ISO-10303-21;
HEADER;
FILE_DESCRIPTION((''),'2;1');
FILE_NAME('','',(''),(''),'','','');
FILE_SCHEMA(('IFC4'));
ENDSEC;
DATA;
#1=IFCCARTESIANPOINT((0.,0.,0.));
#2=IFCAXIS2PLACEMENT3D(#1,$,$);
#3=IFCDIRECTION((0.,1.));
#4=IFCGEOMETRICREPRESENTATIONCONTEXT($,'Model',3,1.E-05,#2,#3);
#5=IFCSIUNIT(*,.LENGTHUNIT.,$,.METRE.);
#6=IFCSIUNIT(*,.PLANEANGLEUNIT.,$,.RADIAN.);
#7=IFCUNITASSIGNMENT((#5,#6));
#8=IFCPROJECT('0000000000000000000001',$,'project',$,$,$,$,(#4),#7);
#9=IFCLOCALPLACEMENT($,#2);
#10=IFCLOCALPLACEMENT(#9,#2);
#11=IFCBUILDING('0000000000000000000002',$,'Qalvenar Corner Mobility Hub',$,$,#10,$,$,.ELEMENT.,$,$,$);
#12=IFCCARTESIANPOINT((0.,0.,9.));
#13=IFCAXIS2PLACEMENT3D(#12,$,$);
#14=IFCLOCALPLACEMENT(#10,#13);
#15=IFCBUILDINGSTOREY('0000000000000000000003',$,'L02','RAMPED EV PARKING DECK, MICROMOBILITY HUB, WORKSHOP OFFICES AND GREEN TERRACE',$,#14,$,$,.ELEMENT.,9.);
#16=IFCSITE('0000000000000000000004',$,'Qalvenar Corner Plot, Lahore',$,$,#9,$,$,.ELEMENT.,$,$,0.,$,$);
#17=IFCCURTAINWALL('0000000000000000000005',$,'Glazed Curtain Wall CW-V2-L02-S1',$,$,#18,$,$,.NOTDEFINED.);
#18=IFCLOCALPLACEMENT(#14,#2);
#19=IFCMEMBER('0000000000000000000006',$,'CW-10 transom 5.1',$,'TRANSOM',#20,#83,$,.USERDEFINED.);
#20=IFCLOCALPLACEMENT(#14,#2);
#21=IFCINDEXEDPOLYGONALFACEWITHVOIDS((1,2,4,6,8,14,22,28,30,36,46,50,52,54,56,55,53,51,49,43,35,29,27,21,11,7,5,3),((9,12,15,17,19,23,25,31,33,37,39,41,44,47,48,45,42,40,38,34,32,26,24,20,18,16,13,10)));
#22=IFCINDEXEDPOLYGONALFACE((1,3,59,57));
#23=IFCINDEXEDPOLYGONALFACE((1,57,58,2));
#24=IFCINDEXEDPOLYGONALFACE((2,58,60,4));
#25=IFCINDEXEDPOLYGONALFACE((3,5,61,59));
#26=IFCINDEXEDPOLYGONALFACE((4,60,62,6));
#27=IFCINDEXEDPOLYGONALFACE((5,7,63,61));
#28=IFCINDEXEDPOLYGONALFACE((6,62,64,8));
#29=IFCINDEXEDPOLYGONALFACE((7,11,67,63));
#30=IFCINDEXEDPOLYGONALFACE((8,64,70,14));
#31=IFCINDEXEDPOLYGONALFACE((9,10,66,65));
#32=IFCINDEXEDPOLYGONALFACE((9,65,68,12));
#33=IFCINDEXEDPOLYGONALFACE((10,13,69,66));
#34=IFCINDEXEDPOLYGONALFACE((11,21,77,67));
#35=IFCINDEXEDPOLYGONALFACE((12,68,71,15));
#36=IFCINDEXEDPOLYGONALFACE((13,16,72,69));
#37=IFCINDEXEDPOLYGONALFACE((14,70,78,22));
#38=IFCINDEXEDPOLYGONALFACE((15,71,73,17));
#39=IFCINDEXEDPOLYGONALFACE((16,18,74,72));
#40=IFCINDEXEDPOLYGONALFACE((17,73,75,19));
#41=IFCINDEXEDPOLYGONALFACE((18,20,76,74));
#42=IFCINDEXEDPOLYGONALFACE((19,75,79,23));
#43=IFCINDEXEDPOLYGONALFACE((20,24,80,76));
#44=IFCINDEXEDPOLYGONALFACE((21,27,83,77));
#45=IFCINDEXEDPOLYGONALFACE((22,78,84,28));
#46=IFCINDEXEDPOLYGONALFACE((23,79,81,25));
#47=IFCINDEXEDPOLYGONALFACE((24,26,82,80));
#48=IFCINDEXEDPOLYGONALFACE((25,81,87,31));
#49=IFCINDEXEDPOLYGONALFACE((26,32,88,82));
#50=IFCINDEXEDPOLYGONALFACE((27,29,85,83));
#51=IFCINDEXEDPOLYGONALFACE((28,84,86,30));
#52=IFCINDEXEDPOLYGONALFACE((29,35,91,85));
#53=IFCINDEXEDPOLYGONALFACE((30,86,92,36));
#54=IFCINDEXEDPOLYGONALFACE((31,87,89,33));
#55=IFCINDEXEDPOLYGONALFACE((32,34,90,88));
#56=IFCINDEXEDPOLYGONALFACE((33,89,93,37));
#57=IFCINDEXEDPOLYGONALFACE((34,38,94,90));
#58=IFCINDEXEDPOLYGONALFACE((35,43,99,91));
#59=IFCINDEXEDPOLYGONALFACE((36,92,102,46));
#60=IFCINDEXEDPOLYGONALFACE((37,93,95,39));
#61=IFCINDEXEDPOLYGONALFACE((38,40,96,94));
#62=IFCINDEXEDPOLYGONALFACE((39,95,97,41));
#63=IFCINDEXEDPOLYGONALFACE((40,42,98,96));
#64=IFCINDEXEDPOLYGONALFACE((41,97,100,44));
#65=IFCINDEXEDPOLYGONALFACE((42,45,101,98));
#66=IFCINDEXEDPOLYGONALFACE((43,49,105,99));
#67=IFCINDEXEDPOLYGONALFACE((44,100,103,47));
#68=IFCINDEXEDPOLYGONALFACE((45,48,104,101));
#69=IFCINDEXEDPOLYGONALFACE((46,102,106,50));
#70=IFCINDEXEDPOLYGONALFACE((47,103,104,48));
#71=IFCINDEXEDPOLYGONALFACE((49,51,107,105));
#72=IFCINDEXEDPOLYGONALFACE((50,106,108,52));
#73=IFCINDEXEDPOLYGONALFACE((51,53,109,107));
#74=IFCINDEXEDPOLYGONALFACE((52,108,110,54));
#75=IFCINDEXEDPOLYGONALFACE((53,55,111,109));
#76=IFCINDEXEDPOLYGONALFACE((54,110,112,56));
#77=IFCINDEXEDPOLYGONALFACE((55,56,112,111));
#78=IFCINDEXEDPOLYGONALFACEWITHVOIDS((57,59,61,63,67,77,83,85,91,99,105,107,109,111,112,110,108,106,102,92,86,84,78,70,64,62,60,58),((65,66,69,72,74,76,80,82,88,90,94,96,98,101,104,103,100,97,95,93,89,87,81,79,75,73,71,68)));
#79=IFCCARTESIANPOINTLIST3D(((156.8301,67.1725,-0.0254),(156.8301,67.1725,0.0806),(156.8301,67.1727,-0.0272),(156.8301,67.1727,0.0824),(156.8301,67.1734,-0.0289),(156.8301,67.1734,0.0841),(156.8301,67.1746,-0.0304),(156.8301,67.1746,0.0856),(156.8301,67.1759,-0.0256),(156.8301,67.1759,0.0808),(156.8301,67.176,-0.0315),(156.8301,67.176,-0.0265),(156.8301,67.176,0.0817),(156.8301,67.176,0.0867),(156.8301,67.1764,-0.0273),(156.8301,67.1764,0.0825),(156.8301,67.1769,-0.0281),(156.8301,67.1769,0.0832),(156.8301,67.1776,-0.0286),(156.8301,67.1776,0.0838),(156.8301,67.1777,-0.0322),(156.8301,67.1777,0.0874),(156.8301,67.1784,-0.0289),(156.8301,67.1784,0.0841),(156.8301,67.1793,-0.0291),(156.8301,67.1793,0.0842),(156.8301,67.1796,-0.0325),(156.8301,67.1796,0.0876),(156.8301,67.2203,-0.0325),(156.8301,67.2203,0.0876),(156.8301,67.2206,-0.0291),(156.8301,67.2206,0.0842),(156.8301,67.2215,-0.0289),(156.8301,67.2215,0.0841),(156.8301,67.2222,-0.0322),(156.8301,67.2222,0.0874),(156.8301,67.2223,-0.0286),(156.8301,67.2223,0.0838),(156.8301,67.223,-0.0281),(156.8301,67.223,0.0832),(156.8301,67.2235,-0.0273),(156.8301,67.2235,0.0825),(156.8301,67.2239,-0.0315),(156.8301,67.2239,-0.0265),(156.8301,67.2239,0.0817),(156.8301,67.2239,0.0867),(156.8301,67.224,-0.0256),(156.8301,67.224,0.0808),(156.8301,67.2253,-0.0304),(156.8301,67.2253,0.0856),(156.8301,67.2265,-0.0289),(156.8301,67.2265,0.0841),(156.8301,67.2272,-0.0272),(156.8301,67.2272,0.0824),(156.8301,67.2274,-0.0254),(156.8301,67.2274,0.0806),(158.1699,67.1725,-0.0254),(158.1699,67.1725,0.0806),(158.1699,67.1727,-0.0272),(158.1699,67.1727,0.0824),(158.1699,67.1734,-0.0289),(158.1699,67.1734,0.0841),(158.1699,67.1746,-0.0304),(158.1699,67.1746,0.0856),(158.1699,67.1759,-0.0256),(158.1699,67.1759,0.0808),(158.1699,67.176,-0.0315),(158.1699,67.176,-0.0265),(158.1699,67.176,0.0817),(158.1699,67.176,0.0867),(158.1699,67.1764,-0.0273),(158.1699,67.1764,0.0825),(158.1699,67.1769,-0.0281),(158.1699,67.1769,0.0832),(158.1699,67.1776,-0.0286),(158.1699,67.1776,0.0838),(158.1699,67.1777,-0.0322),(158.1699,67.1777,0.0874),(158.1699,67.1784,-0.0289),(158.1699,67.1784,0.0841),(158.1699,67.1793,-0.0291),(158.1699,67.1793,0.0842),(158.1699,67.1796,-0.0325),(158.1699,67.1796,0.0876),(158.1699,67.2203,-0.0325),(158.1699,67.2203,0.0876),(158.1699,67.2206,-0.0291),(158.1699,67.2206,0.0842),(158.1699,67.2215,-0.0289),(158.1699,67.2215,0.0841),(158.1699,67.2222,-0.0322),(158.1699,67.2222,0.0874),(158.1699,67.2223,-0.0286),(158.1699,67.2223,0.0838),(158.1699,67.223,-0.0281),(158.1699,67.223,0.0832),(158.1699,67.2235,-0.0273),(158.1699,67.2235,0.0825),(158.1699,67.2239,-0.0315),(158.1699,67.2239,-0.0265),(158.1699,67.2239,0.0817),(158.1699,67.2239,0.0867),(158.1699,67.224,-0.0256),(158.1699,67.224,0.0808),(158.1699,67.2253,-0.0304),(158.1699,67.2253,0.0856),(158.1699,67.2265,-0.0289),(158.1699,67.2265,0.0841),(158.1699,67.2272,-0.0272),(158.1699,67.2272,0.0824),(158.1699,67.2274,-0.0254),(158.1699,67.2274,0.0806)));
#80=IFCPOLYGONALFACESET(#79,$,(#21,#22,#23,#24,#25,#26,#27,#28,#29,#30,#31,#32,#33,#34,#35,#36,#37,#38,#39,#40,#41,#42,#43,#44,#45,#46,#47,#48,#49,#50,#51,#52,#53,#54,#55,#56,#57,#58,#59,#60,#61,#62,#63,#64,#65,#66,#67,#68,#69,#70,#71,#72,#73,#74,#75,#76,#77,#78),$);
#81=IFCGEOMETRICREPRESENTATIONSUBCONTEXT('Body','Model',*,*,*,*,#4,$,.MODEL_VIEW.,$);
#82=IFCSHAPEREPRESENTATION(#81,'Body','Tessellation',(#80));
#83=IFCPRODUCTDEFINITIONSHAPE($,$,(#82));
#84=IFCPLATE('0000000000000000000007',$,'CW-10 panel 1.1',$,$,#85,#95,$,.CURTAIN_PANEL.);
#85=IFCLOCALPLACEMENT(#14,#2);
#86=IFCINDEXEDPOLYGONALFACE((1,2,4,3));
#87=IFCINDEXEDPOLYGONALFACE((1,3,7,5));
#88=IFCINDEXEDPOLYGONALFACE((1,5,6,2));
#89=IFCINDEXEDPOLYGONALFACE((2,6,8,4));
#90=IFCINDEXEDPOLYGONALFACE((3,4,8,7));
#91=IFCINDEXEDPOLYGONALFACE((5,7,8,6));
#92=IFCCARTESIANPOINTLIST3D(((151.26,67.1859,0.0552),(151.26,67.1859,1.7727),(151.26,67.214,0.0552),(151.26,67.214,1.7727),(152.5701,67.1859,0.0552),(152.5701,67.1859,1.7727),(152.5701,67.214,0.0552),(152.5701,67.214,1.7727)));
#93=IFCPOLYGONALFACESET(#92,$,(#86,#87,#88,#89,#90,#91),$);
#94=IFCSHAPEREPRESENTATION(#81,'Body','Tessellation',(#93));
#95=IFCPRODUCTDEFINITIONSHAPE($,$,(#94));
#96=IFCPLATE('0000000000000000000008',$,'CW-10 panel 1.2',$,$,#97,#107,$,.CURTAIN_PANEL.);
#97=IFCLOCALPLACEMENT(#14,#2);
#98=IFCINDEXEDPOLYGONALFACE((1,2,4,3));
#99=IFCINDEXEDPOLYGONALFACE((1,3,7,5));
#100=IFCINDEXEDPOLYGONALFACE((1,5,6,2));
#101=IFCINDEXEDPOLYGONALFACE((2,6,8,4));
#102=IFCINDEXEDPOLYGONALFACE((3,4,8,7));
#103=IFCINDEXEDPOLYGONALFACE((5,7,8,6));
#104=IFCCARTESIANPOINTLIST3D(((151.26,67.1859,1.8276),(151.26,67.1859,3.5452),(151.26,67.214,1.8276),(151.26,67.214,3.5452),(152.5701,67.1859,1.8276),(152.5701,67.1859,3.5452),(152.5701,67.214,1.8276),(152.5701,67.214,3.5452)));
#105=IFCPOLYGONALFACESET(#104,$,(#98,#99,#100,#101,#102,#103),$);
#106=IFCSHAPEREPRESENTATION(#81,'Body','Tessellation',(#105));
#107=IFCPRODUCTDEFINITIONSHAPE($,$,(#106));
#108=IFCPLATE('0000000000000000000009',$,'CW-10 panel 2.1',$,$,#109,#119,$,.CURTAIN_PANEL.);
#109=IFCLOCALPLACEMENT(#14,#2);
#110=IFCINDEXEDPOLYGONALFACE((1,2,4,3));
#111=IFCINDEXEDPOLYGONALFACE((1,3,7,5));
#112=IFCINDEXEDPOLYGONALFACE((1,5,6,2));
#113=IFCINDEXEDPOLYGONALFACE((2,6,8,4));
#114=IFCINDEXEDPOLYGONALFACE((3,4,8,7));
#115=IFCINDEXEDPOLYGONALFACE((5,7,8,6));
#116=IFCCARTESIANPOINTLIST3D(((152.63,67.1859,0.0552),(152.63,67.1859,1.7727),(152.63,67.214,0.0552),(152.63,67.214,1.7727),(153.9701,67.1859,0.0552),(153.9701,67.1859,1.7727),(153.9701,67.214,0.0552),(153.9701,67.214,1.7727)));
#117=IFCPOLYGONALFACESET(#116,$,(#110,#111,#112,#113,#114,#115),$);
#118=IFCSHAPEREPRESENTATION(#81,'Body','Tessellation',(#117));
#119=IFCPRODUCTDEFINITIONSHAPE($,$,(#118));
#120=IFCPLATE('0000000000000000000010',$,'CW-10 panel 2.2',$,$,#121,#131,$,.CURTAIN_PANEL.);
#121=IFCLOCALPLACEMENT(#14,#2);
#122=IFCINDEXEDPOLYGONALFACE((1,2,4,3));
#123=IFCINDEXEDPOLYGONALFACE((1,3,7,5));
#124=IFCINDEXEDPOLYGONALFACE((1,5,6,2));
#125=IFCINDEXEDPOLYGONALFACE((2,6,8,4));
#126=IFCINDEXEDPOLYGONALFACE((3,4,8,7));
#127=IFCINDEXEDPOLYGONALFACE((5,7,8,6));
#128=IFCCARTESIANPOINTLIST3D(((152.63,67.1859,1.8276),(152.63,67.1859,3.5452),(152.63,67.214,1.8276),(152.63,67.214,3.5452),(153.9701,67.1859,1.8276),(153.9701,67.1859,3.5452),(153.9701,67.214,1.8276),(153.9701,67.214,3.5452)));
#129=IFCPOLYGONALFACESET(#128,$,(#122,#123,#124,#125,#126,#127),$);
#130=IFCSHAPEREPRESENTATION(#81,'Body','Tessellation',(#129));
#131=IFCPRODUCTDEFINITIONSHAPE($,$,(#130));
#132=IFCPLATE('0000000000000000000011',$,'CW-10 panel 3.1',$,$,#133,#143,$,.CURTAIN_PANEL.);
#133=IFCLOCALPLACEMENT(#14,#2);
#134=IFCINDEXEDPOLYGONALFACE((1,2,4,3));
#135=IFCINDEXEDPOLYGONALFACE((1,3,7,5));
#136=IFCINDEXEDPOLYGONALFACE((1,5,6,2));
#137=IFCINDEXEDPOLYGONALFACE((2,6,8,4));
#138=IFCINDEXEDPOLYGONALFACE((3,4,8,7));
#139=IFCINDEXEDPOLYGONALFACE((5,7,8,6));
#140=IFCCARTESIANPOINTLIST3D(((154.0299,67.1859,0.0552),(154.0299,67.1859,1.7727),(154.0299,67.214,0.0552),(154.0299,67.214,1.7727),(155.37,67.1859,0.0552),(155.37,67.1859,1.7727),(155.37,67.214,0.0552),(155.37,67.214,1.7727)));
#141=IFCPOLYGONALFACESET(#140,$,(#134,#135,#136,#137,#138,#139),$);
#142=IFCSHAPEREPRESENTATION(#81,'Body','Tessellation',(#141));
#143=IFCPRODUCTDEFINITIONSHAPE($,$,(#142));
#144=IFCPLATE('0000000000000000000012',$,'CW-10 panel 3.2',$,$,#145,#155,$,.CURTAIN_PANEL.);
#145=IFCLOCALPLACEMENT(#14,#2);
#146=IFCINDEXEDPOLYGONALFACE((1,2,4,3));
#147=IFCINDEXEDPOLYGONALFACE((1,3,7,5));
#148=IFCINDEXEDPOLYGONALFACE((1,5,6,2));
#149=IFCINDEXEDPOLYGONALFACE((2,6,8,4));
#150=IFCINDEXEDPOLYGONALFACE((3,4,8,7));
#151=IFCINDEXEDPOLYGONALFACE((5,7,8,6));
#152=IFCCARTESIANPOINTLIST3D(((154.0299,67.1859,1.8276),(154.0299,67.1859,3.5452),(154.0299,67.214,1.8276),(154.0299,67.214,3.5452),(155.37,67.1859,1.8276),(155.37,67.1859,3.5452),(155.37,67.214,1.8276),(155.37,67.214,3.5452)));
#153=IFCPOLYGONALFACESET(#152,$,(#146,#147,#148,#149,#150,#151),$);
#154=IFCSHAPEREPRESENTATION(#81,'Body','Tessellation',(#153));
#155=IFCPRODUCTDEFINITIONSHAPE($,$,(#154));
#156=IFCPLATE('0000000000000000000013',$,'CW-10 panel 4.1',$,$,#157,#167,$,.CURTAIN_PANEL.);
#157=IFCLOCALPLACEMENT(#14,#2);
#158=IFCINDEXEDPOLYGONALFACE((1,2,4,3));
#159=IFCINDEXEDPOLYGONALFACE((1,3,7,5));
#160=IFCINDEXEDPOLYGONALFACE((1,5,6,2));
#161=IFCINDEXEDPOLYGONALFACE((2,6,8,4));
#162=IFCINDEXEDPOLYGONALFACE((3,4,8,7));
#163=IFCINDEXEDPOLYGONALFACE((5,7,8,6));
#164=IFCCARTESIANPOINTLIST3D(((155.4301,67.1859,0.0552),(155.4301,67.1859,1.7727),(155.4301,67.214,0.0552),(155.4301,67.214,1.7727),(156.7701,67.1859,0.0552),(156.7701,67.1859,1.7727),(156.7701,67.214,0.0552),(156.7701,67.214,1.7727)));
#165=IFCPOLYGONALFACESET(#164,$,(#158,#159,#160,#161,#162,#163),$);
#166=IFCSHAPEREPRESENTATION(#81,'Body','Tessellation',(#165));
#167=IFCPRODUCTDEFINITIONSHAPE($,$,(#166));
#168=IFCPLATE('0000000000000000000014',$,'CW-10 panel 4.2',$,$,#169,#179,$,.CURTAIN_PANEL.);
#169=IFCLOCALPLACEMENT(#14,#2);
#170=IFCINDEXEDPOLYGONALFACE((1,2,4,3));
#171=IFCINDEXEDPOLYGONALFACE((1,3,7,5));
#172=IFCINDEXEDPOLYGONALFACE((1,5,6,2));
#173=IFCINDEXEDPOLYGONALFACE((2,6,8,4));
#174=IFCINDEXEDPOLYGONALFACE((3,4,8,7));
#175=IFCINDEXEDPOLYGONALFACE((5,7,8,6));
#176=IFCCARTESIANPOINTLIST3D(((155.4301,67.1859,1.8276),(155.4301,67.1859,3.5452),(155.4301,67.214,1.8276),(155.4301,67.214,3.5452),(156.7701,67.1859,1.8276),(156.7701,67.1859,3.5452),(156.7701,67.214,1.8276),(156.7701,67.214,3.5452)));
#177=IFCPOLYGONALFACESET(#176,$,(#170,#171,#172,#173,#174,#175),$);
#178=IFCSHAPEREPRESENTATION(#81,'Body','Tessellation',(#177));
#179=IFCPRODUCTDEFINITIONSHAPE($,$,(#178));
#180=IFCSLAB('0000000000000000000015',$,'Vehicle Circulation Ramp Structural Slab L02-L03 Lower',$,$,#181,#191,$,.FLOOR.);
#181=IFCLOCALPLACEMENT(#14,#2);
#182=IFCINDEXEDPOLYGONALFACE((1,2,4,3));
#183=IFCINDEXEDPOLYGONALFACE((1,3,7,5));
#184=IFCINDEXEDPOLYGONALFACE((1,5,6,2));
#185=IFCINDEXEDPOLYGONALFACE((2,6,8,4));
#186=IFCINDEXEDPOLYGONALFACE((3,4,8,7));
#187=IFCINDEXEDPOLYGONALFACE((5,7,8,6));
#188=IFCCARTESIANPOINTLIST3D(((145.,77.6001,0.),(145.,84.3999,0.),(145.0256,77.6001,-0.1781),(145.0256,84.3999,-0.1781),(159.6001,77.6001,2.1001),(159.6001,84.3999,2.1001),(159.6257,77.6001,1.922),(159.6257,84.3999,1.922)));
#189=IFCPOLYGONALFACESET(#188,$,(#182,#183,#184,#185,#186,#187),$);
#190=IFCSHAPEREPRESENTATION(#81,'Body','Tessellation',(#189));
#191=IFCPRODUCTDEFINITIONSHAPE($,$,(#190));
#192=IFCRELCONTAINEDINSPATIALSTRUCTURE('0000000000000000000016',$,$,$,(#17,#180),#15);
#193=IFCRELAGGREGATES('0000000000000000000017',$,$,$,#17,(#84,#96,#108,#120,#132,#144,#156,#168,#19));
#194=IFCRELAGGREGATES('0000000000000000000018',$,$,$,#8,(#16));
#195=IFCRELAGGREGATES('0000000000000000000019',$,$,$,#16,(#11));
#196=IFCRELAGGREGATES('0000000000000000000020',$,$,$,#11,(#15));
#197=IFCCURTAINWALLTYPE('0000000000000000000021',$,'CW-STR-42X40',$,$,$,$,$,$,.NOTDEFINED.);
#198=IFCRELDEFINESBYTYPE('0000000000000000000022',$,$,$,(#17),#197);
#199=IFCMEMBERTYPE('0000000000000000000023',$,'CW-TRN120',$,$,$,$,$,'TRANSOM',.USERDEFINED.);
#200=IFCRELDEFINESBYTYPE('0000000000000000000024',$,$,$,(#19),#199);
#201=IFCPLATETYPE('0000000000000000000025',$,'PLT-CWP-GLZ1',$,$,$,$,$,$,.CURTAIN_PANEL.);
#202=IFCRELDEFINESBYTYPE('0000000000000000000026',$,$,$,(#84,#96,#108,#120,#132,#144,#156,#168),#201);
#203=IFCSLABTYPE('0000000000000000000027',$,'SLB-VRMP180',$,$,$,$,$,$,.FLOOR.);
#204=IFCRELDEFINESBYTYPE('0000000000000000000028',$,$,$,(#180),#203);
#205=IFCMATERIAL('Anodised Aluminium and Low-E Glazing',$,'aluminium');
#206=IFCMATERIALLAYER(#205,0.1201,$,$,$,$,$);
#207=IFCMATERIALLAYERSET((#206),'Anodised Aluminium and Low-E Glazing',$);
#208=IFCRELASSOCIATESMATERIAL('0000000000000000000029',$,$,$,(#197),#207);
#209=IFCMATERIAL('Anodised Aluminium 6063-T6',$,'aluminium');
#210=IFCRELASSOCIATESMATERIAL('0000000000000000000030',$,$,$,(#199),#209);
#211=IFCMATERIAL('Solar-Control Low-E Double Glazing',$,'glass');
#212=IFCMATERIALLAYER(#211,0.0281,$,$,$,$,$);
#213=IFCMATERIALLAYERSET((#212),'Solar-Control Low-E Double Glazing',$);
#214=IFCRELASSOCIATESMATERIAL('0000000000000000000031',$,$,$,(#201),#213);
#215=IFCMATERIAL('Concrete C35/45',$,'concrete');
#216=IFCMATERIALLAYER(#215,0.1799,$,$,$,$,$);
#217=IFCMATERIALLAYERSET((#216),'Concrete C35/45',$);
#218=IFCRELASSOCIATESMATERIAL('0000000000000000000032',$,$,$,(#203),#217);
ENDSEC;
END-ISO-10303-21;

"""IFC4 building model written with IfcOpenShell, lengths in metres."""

from ifc_helpers import new_model, si_unit, direction, frame, origin, origin_2d, place, context, subcontext, project, spatial, polyline, rectangle, hollow_rectangle, outline, extrude, material, layer, layer_set, material_profile, profile_set, type_object, element, aggregate, save


model = new_model("IFC4")

# Units and contexts
model_context = context("Model", 3, precision=1e-05, world=origin(), true_north=direction((0.0, 1.0)))
body_context = subcontext(model_context, "Body", "Model", "MODEL_VIEW")
ifc_project = project(units=[si_unit("LENGTHUNIT", "METRE"), si_unit("PLANEANGLEUNIT", "RADIAN")], contexts=[model_context])

# Site, building, storey
site_placement = place(None, origin())
site = spatial("IfcSite", under=ifc_project, at=site_placement, Name="Qalvenar Corner Plot, Lahore", CompositionType="ELEMENT", RefElevation=0.0)
building_placement = place(site_placement, origin())
building = spatial("IfcBuilding", under=site, at=building_placement, Name="Qalvenar Corner Mobility Hub", CompositionType="ELEMENT")
storey_placement = place(building_placement, frame((0.0, 0.0, 9.0)))
storey = spatial("IfcBuildingStorey", under=building, at=storey_placement, Name="L02", Description="RAMPED EV PARKING DECK, MICROMOBILITY HUB, WORKSHOP OFFICES AND GREEN TERRACE", CompositionType="ELEMENT", Elevation=9.0)

# Curtain wall, member, plates
ifc_material_1 = material(Name="Anodised Aluminium and Low-E Glazing", Category="aluminium")
ifc_layer_1 = layer(ifc_material_1, 0.1201)
ifc_layer_set_1 = layer_set([ifc_layer_1], Name="Anodised Aluminium and Low-E Glazing")
curtain_wall_type = type_object("IfcCurtainWallType", Name="CW-STR-42X40", PredefinedType="NOTDEFINED", material=ifc_layer_set_1)
curtain_wall_placement = place(storey_placement, origin())
curtain_wall = element("IfcCurtainWall", 1, at=curtain_wall_placement, inside=storey, type_object=curtain_wall_type, Name="Glazed Curtain Wall CW-V2-L02-S1", PredefinedType="NOTDEFINED")
ifc_material_2 = material(Name="Anodised Aluminium 6063-T6", Category="aluminium")
ifc_material_profile_1 = material_profile(ifc_material_2, hollow_rectangle(XDim=0.0549, YDim=0.1201, WallThickness=0.0034, InnerFilletRadius=0.0034, OuterFilletRadius=0.0071, at=origin_2d()), Name="RHS120x55x3.5")
ifc_profile_set_1 = profile_set([ifc_material_profile_1], Name="Anodised Aluminium 6063-T6")
member_type_1 = type_object("IfcMemberType", Name="CW-TRN120", ElementType="TRANSOM", PredefinedType="USERDEFINED", material=ifc_profile_set_1)
member_1_placement = place(storey_placement, frame((156.8301, 67.2, 0.0276), z_axis=(1.0, 0.0, 0.0), x_axis=(0.0, 1.0, 0.0)))
member_1 = element("IfcMember", 2, at=member_1_placement, type_object=member_type_1, Name="CW-10 transom 5.1", ObjectType="TRANSOM", PredefinedType="USERDEFINED", context=body_context, shape_type="SweptSolid", body=[
    extrude(hollow_rectangle(XDim=0.0549, YDim=0.1201, WallThickness=0.0034, InnerFilletRadius=0.0034, OuterFilletRadius=0.0071, at=origin_2d()), origin(), (0.0, 0.0, 1.0), 1.3398),
])
ifc_material_3 = material(Name="Solar-Control Low-E Double Glazing", Category="glass")
ifc_layer_2 = layer(ifc_material_3, 0.0281)
ifc_layer_set_2 = layer_set([ifc_layer_2], Name="Solar-Control Low-E Double Glazing")
plate_type = type_object("IfcPlateType", Name="PLT-CWP-GLZ1", PredefinedType="CURTAIN_PANEL", material=ifc_layer_set_2)
plate_1_placement = place(storey_placement, frame((151.915, 67.2, 0.0552), z_axis=(0.0, 0.0, 1.0), x_axis=(1.0, 0.0, 0.0)))
plate_1 = element("IfcPlate", 3, at=plate_1_placement, type_object=plate_type, Name="CW-10 panel 1.1", PredefinedType="CURTAIN_PANEL", context=body_context, shape_type="SweptSolid", body=[
    extrude(rectangle(XDim=1.3101, YDim=0.0281, at=origin_2d()), origin(), (0.0, 0.0, 1.0), 1.7175),
])
plate_2_placement = place(storey_placement, frame((151.915, 67.2, 1.8276), z_axis=(0.0, 0.0, 1.0), x_axis=(1.0, 0.0, 0.0)))
plate_2 = element("IfcPlate", 4, at=plate_2_placement, type_object=plate_type, Name="CW-10 panel 1.2", PredefinedType="CURTAIN_PANEL", context=body_context, shape_type="SweptSolid", body=[
    extrude(rectangle(XDim=1.3101, YDim=0.0281, at=origin_2d()), origin(), (0.0, 0.0, 1.0), 1.7175),
])
plate_3_placement = place(storey_placement, frame((153.3, 67.2, 0.0552), z_axis=(0.0, 0.0, 1.0), x_axis=(1.0, 0.0, 0.0)))
plate_3 = element("IfcPlate", 5, at=plate_3_placement, type_object=plate_type, Name="CW-10 panel 2.1", PredefinedType="CURTAIN_PANEL", context=body_context, shape_type="SweptSolid", body=[
    extrude(rectangle(XDim=1.3401, YDim=0.0281, at=origin_2d()), origin(), (0.0, 0.0, 1.0), 1.7175),
])
plate_4_placement = place(storey_placement, frame((153.3, 67.2, 1.8276), z_axis=(0.0, 0.0, 1.0), x_axis=(1.0, 0.0, 0.0)))
plate_4 = element("IfcPlate", 6, at=plate_4_placement, type_object=plate_type, Name="CW-10 panel 2.2", PredefinedType="CURTAIN_PANEL", context=body_context, shape_type="SweptSolid", body=[
    extrude(rectangle(XDim=1.3401, YDim=0.0281, at=origin_2d()), origin(), (0.0, 0.0, 1.0), 1.7175),
])
plate_5_placement = place(storey_placement, frame((154.7, 67.2, 0.0552), z_axis=(0.0, 0.0, 1.0), x_axis=(1.0, 0.0, 0.0)))
plate_5 = element("IfcPlate", 7, at=plate_5_placement, type_object=plate_type, Name="CW-10 panel 3.1", PredefinedType="CURTAIN_PANEL", context=body_context, shape_type="SweptSolid", body=[
    extrude(rectangle(XDim=1.3401, YDim=0.0281, at=origin_2d()), origin(), (0.0, 0.0, 1.0), 1.7175),
])
plate_6_placement = place(storey_placement, frame((154.7, 67.2, 1.8276), z_axis=(0.0, 0.0, 1.0), x_axis=(1.0, 0.0, 0.0)))
plate_6 = element("IfcPlate", 8, at=plate_6_placement, type_object=plate_type, Name="CW-10 panel 3.2", PredefinedType="CURTAIN_PANEL", context=body_context, shape_type="SweptSolid", body=[
    extrude(rectangle(XDim=1.3401, YDim=0.0281, at=origin_2d()), origin(), (0.0, 0.0, 1.0), 1.7175),
])
plate_7_placement = place(storey_placement, frame((156.1001, 67.2, 0.0552), z_axis=(0.0, 0.0, 1.0), x_axis=(1.0, 0.0, 0.0)))
plate_7 = element("IfcPlate", 9, at=plate_7_placement, type_object=plate_type, Name="CW-10 panel 4.1", PredefinedType="CURTAIN_PANEL", context=body_context, shape_type="SweptSolid", body=[
    extrude(rectangle(XDim=1.3401, YDim=0.0281, at=origin_2d()), origin(), (0.0, 0.0, 1.0), 1.7175),
])
plate_8_placement = place(storey_placement, frame((156.1001, 67.2, 1.8276), z_axis=(0.0, 0.0, 1.0), x_axis=(1.0, 0.0, 0.0)))
plate_8 = element("IfcPlate", 10, at=plate_8_placement, type_object=plate_type, Name="CW-10 panel 4.2", PredefinedType="CURTAIN_PANEL", context=body_context, shape_type="SweptSolid", body=[
    extrude(rectangle(XDim=1.3401, YDim=0.0281, at=origin_2d()), origin(), (0.0, 0.0, 1.0), 1.7175),
])
aggregate(curtain_wall, [plate_1, plate_2, plate_3, plate_4, plate_5, plate_6, plate_7, plate_8, member_1])

# Slab
ifc_material_4 = material(Name="Concrete C35/45", Category="concrete")
ifc_layer_3 = layer(ifc_material_4, 0.1799)
ifc_layer_set_3 = layer_set([ifc_layer_3], Name="Concrete C35/45")
slab_type = type_object("IfcSlabType", Name="SLB-VRMP180", PredefinedType="FLOOR", material=ifc_layer_set_3)
slab_placement = place(storey_placement, frame((145.0, 77.6001, 0.0), z_axis=(-0.142376, 0.0, 0.989813), x_axis=(0.989813, 0.0, 0.142376)))
element("IfcSlab", 11, at=slab_placement, inside=storey, type_object=slab_type, Name="Vehicle Circulation Ramp Structural Slab L02-L03 Lower", PredefinedType="FLOOR", context=body_context, shape_type="SweptSolid", body=[
    extrude(outline(polyline([(0.0, 0.0), (14.7504, 0.0), (14.7504, 6.7998), (0.0, 6.7998), (0.0, 0.0)])), origin(), (0.0, 0.0, -1.0), 0.1799),
])

save(model, "model.ifc")
